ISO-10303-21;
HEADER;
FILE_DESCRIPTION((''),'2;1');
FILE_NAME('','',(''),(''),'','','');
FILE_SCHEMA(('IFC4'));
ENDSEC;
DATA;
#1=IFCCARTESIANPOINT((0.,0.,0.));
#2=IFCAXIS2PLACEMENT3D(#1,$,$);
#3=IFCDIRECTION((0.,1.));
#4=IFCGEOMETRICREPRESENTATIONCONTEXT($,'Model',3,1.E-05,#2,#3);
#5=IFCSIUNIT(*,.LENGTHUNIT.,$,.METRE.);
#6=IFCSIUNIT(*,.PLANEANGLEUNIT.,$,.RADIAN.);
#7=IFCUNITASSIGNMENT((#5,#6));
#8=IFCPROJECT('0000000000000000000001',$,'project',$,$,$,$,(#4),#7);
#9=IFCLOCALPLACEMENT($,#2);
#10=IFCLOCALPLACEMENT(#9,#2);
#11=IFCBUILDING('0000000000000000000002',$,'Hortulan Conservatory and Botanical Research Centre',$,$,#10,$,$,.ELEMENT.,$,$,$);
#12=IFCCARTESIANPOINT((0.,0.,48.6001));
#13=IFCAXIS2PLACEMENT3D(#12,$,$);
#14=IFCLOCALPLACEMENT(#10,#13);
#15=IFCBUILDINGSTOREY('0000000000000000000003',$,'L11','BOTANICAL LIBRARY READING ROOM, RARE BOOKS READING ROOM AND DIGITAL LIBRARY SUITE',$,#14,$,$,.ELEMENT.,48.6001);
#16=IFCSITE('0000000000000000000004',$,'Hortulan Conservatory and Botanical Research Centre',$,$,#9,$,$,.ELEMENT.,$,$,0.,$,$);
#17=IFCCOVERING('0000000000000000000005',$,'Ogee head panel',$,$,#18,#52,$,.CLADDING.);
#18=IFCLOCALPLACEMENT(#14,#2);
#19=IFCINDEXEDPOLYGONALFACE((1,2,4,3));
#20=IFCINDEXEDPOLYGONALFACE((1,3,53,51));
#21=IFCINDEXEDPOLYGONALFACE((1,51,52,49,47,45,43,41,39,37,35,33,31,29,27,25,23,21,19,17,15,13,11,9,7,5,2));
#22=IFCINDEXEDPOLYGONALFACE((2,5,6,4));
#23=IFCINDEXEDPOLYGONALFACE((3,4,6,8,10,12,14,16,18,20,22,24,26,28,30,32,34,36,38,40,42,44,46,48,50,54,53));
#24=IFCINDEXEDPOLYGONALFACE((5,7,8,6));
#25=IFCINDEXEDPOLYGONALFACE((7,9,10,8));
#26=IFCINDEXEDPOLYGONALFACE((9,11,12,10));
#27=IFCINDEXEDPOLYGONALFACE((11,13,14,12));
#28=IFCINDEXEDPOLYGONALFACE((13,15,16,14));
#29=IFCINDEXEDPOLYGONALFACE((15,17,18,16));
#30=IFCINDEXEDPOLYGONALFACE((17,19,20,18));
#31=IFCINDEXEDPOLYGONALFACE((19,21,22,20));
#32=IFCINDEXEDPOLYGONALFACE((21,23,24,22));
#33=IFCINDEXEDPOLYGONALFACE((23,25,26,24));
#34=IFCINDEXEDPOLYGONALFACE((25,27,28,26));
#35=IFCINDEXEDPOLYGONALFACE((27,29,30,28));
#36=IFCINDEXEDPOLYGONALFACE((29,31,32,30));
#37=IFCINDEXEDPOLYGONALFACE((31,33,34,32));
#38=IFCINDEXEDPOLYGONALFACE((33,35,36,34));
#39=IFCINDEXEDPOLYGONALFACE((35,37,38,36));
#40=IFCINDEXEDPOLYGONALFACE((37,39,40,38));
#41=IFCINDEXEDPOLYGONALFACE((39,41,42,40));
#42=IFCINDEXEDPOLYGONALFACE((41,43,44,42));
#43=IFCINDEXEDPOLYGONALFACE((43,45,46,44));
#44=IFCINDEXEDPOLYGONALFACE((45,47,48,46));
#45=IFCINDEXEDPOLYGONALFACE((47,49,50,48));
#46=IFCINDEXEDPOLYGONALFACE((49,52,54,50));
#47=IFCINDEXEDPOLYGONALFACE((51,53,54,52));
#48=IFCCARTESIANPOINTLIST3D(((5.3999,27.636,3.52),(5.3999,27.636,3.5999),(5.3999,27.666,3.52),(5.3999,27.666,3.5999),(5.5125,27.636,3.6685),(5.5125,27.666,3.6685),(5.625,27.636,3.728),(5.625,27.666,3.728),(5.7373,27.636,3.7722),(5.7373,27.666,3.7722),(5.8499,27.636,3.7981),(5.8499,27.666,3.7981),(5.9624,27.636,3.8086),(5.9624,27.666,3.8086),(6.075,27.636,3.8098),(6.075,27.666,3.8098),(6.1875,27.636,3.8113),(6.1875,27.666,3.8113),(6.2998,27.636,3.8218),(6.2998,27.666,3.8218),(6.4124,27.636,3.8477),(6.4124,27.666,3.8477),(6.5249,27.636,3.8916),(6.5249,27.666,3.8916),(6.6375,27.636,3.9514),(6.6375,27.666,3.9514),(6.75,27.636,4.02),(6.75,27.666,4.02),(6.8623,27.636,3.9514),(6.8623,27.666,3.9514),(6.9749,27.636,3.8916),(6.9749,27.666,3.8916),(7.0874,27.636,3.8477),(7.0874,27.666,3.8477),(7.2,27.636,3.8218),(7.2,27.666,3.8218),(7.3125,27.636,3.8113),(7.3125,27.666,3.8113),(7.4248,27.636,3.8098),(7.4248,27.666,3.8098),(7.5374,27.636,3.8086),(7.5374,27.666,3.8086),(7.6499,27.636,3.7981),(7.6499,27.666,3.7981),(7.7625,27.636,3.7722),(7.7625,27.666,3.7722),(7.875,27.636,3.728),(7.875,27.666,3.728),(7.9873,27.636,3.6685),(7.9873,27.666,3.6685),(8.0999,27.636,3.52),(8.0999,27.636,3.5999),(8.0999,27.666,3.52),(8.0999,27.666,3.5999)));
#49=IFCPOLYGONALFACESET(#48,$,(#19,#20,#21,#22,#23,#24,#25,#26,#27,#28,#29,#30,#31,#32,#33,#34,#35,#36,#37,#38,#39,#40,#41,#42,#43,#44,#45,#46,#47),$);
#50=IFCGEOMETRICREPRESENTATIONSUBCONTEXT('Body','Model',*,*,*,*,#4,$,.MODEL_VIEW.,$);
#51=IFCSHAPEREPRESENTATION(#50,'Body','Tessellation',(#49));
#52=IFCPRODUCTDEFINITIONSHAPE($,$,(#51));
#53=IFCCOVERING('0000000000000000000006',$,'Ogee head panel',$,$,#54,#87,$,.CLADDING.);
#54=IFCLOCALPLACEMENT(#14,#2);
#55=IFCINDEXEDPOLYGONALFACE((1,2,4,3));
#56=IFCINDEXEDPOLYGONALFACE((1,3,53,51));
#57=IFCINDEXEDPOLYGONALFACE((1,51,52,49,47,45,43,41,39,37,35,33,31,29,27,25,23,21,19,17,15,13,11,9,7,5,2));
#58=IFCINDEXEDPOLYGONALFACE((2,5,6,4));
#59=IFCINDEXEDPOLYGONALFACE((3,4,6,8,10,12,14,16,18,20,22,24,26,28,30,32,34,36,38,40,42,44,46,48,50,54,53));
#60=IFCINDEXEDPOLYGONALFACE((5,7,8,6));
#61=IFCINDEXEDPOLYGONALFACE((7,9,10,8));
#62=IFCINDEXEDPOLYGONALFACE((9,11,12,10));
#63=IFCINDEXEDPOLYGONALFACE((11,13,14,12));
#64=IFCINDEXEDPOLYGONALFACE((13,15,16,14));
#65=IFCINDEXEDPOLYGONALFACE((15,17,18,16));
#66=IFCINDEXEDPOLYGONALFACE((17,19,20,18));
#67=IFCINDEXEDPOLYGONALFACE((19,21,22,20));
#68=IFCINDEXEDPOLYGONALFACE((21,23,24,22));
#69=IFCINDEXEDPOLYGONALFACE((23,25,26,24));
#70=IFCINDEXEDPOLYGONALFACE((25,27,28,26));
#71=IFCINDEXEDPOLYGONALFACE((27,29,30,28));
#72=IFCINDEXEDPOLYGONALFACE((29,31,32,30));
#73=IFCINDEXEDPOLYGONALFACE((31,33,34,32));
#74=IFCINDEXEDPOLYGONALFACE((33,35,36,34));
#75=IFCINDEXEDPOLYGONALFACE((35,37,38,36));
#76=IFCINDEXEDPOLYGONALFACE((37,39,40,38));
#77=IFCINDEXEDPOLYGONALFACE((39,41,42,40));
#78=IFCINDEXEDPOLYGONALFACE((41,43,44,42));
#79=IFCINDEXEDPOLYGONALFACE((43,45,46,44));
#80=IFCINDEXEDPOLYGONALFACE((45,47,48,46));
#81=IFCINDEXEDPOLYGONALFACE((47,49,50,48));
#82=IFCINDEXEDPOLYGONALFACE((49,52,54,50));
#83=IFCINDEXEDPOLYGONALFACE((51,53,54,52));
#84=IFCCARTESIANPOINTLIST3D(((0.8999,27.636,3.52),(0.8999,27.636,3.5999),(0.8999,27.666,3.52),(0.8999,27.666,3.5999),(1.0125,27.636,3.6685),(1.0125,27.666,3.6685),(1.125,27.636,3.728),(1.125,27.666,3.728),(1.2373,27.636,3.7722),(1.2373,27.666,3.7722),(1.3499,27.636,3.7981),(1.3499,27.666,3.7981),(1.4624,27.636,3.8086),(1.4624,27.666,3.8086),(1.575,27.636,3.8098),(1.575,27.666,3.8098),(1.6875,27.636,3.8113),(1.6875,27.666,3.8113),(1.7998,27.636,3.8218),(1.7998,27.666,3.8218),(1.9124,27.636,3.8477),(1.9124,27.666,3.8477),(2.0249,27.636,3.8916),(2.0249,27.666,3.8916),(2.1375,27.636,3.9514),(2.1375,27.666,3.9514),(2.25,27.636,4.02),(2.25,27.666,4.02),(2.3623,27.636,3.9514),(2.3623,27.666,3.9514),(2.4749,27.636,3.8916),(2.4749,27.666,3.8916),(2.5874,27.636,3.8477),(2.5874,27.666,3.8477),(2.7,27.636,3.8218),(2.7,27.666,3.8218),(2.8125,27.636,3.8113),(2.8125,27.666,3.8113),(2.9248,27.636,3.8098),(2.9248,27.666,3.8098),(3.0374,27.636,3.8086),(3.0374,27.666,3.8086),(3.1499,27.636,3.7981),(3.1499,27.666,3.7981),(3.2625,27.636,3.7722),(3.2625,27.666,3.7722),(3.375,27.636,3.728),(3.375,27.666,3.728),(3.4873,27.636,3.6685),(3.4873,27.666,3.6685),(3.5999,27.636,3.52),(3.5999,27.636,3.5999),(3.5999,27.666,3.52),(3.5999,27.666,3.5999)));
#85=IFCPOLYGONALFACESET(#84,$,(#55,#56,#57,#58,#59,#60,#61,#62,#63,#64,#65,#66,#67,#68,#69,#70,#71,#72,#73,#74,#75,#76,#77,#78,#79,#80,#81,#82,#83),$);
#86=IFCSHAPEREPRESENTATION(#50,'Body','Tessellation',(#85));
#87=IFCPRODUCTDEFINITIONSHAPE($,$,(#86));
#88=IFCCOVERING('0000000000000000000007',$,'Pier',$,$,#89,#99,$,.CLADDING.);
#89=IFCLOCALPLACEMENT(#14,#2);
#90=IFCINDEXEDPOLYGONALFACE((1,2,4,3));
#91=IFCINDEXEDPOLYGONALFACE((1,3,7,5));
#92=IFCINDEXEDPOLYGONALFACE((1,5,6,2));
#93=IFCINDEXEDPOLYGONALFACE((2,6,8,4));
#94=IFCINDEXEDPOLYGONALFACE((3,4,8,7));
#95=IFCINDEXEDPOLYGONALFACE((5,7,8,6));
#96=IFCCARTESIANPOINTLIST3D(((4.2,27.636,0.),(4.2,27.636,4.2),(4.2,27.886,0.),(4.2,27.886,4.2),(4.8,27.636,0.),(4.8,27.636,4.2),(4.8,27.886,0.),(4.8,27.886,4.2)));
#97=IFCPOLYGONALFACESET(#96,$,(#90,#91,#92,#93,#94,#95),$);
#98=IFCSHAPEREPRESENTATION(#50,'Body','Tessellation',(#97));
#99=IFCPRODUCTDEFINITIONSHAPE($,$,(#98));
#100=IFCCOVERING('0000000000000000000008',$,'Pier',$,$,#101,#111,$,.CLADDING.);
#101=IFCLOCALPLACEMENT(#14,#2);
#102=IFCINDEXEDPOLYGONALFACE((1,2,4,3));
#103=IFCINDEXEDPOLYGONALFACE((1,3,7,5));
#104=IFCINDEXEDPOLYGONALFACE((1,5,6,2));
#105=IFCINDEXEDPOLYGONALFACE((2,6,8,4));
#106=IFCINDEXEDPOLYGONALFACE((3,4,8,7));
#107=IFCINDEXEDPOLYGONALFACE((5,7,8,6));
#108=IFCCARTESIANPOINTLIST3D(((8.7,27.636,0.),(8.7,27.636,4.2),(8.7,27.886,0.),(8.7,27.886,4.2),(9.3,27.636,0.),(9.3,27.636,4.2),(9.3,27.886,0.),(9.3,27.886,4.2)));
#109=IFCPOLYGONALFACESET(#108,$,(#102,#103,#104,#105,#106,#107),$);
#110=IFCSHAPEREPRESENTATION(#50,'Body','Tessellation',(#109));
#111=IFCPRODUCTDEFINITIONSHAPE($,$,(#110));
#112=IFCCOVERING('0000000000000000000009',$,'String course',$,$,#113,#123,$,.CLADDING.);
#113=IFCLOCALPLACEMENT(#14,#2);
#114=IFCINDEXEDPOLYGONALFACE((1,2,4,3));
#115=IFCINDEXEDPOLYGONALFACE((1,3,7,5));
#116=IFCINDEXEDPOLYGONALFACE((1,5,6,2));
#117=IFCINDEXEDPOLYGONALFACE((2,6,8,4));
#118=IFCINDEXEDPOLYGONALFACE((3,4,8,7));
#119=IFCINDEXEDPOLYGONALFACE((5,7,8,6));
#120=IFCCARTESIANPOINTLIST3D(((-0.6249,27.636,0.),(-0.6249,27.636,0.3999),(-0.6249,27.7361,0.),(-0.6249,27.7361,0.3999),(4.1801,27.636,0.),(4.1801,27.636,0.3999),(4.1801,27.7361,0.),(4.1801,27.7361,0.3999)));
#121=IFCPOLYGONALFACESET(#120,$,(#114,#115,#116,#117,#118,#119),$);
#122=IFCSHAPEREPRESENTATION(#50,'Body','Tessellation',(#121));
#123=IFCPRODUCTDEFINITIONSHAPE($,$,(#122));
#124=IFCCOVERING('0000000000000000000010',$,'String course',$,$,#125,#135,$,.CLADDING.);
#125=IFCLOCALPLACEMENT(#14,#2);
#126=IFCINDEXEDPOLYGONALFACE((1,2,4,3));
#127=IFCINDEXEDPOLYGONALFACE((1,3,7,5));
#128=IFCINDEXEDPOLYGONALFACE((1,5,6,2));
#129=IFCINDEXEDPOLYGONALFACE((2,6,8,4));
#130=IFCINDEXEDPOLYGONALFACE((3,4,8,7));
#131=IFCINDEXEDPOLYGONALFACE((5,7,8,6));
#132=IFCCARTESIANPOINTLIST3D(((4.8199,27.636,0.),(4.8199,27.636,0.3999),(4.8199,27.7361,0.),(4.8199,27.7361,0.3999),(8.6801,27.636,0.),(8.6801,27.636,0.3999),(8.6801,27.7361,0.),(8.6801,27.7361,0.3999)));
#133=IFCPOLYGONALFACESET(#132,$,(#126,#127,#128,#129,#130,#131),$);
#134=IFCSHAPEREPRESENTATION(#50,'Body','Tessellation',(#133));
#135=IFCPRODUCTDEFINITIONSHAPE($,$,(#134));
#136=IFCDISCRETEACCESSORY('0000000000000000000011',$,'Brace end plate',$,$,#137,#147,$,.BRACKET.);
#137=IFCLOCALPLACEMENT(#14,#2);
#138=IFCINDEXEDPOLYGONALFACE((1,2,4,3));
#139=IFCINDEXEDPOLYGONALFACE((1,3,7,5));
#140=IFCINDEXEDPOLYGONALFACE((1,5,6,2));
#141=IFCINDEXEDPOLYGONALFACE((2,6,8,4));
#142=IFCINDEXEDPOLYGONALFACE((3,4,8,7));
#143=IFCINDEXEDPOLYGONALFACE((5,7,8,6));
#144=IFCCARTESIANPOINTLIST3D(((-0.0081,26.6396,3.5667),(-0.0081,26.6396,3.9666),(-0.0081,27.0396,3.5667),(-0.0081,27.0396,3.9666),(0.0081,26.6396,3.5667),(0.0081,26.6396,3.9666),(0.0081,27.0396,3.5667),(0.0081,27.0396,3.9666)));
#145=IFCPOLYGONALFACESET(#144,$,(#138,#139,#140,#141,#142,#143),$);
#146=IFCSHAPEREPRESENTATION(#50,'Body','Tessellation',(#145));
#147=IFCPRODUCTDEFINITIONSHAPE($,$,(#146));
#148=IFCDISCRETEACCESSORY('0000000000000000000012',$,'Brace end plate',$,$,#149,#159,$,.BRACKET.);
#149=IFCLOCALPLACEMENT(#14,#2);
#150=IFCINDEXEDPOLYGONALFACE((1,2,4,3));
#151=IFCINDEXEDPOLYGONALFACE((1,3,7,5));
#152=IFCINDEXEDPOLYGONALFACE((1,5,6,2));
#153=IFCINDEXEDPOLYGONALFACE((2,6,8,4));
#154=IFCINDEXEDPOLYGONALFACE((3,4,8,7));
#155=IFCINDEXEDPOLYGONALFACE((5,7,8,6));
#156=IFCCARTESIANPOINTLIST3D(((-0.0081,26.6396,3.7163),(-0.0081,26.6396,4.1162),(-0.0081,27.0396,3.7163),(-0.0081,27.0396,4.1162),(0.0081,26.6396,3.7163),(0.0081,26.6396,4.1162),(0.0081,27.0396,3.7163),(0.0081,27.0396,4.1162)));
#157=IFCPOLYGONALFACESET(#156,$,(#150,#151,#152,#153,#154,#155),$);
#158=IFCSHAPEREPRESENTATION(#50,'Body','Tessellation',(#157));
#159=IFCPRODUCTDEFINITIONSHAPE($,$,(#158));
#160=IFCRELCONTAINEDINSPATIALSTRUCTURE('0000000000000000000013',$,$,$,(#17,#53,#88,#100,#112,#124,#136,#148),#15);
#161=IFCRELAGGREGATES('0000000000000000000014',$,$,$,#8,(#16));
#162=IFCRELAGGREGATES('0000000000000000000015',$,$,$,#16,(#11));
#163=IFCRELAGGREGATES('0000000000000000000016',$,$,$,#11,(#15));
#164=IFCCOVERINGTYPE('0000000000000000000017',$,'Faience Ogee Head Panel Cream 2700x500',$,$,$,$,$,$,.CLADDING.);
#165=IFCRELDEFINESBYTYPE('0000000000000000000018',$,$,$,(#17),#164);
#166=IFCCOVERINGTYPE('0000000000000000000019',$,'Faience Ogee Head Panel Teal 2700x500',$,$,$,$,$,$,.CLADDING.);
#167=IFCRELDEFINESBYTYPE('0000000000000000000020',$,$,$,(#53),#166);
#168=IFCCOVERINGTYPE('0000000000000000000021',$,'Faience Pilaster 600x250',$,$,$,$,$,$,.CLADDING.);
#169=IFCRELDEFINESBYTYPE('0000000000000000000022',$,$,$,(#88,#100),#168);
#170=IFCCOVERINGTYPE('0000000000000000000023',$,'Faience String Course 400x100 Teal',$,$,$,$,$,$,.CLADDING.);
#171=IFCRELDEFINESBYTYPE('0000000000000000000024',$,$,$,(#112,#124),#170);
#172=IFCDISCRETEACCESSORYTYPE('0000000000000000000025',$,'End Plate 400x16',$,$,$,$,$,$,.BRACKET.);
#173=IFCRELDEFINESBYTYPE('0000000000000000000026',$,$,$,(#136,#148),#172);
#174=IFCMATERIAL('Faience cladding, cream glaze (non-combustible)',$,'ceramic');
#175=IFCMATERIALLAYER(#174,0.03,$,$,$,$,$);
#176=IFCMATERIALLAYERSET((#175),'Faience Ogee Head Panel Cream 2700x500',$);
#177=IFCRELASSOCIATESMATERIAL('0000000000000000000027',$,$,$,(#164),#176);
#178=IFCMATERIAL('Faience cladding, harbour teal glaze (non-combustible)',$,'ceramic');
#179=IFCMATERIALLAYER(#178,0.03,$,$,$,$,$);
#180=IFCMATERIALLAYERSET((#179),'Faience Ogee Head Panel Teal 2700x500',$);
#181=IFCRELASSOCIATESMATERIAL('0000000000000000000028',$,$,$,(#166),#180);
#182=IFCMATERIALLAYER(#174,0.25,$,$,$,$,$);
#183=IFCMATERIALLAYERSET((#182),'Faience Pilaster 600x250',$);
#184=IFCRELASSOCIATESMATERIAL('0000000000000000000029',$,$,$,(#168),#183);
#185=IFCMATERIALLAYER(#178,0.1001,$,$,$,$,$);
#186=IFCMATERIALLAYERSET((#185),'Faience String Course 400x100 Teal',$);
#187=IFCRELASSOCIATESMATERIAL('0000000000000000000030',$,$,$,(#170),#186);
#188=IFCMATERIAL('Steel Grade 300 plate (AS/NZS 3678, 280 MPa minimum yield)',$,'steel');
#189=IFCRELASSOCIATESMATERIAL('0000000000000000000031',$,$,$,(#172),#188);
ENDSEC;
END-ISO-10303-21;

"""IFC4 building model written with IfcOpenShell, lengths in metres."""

from ifc_helpers import new_model, si_unit, direction, frame, origin, origin_2d, place, context, subcontext, project, spatial, polyline, rectangle, outline, extrude, material, layer, layer_set, type_object, element, save


model = new_model("IFC4")

# Units and contexts
model_context = context("Model", 3, precision=1e-05, world=origin(), true_north=direction((0.0, 1.0)))
body_context = subcontext(model_context, "Body", "Model", "MODEL_VIEW")
ifc_project = project(units=[si_unit("LENGTHUNIT", "METRE"), si_unit("PLANEANGLEUNIT", "RADIAN")], contexts=[model_context])

# Site, building, storey
site_placement = place(None, origin())
site = spatial("IfcSite", under=ifc_project, at=site_placement, Name="Hortulan Conservatory and Botanical Research Centre", CompositionType="ELEMENT", RefElevation=0.0)
building_placement = place(site_placement, origin())
building = spatial("IfcBuilding", under=site, at=building_placement, Name="Hortulan Conservatory and Botanical Research Centre", CompositionType="ELEMENT")
storey_placement = place(building_placement, frame((0.0, 0.0, 48.6001)))
storey = spatial("IfcBuildingStorey", under=building, at=storey_placement, Name="L11", Description="BOTANICAL LIBRARY READING ROOM, RARE BOOKS READING ROOM AND DIGITAL LIBRARY SUITE", CompositionType="ELEMENT", Elevation=48.6001)

# Coverings
ifc_material_1 = material(Name="Faience cladding, cream glaze (non-combustible)", Category="ceramic")
ifc_layer_1 = layer(ifc_material_1, 0.03)
ifc_layer_set_1 = layer_set([ifc_layer_1], Name="Faience Ogee Head Panel Cream 2700x500")
covering_type_1 = type_object("IfcCoveringType", Name="Faience Ogee Head Panel Cream 2700x500", PredefinedType="CLADDING", material=ifc_layer_set_1)
covering_1_placement = place(storey_placement, frame((5.3999, 27.6509, 3.52), z_axis=(0.0, 0.0, 1.0), x_axis=(1.0, 0.0, 0.0)))
element("IfcCovering", 1, at=covering_1_placement, inside=storey, type_object=covering_type_1, Name="Ogee head panel", PredefinedType="CLADDING", context=body_context, shape_type="SweptSolid", body=[
    extrude(outline(polyline([(0.0, 0.0), (2.7, 0.0), (2.7, 0.0798), (2.5874, 0.1484), (2.4751, 0.208), (2.3625, 0.2522), (2.25, 0.2781), (2.1375, 0.2886), (2.0249, 0.2898), (1.9126, 0.2913), (1.8, 0.3018), (1.6875, 0.3276), (1.575, 0.3716), (1.4624, 0.4314), (1.3501, 0.5), (1.2375, 0.4314), (1.125, 0.3716), (1.0125, 0.3276), (0.8999, 0.3018), (0.7876, 0.2913), (0.675, 0.2898), (0.5625, 0.2886), (0.45, 0.2781), (0.3374, 0.2522), (0.2251, 0.208), (0.1125, 0.1484), (0.0, 0.0798), (0.0, 0.0)])), frame((0.0, 0.0151, 0.0), z_axis=(0.0, -1.0, 0.0), x_axis=(1.0, 0.0, 0.0)), (0.0, 0.0, 1.0), 0.03),
])
ifc_material_2 = material(Name="Faience cladding, harbour teal glaze (non-combustible)", Category="ceramic")
ifc_layer_2 = layer(ifc_material_2, 0.03)
ifc_layer_set_2 = layer_set([ifc_layer_2], Name="Faience Ogee Head Panel Teal 2700x500")
covering_type_2 = type_object("IfcCoveringType", Name="Faience Ogee Head Panel Teal 2700x500", PredefinedType="CLADDING", material=ifc_layer_set_2)
covering_2_placement = place(storey_placement, frame((0.8999, 27.6509, 3.52), z_axis=(0.0, 0.0, 1.0), x_axis=(1.0, 0.0, 0.0)))
element("IfcCovering", 2, at=covering_2_placement, inside=storey, type_object=covering_type_2, Name="Ogee head panel", PredefinedType="CLADDING", context=body_context, shape_type="SweptSolid", body=[
    extrude(outline(polyline([(0.0, 0.0), (2.7, 0.0), (2.7, 0.0798), (2.5874, 0.1484), (2.4751, 0.208), (2.3625, 0.2522), (2.25, 0.2781), (2.1375, 0.2886), (2.0249, 0.2898), (1.9126, 0.2913), (1.8, 0.3018), (1.6875, 0.3276), (1.575, 0.3716), (1.4624, 0.4314), (1.3501, 0.5), (1.2375, 0.4314), (1.125, 0.3716), (1.0125, 0.3276), (0.8999, 0.3018), (0.7876, 0.2913), (0.675, 0.2898), (0.5625, 0.2886), (0.45, 0.2781), (0.3374, 0.2522), (0.2251, 0.208), (0.1125, 0.1484), (0.0, 0.0798), (0.0, 0.0)])), frame((0.0, 0.0151, 0.0), z_axis=(0.0, -1.0, 0.0), x_axis=(1.0, 0.0, 0.0)), (0.0, 0.0, 1.0), 0.03),
])
ifc_layer_3 = layer(ifc_material_1, 0.25)
ifc_layer_set_3 = layer_set([ifc_layer_3], Name="Faience Pilaster 600x250")
covering_type_3 = type_object("IfcCoveringType", Name="Faience Pilaster 600x250", PredefinedType="CLADDING", material=ifc_layer_set_3)
for number, where, z_axis, x_axis, name in (
    (3, (4.5, 27.761, 0.0), (0.0, 0.0, 1.0), (1.0, 0.0, 0.0), "Pier"),
    (4, (9.0, 27.761, 0.0), (0.0, 0.0, 1.0), (1.0, 0.0, 0.0), "Pier"),
):
    element("IfcCovering", number, at=place(storey_placement, frame(where, z_axis=z_axis, x_axis=x_axis)), inside=storey, type_object=covering_type_3, Name=name, PredefinedType="CLADDING", context=body_context, shape_type="SweptSolid", body=[
        extrude(rectangle(XDim=0.6001, YDim=0.25, at=origin_2d()), origin(), (0.0, 0.0, 1.0), 4.2),
    ])
ifc_layer_4 = layer(ifc_material_2, 0.1001)
ifc_layer_set_4 = layer_set([ifc_layer_4], Name="Faience String Course 400x100 Teal")
covering_type_4 = type_object("IfcCoveringType", Name="Faience String Course 400x100 Teal", PredefinedType="CLADDING", material=ifc_layer_set_4)
covering_3_placement = place(storey_placement, frame((1.7776, 27.686, 0.0), z_axis=(0.0, 0.0, 1.0), x_axis=(1.0, 0.0, 0.0)))
element("IfcCovering", 5, at=covering_3_placement, inside=storey, type_object=covering_type_4, Name="String course", PredefinedType="CLADDING", context=body_context, shape_type="SweptSolid", body=[
    extrude(rectangle(XDim=4.8049, YDim=0.1001, at=origin_2d()), origin(), (0.0, 0.0, 1.0), 0.3999),
])
covering_4_placement = place(storey_placement, frame((6.75, 27.686, 0.0), z_axis=(0.0, 0.0, 1.0), x_axis=(1.0, 0.0, 0.0)))
element("IfcCovering", 6, at=covering_4_placement, inside=storey, type_object=covering_type_4, Name="String course", PredefinedType="CLADDING", context=body_context, shape_type="SweptSolid", body=[
    extrude(rectangle(XDim=3.8601, YDim=0.1001, at=origin_2d()), origin(), (0.0, 0.0, 1.0), 0.3999),
])

# Discrete accessories
ifc_material_3 = material(Name="Steel Grade 300 plate (AS/NZS 3678, 280 MPa minimum yield)", Category="steel")
discrete_accessory_type = type_object("IfcDiscreteAccessoryType", Name="End Plate 400x16", PredefinedType="BRACKET", material=ifc_material_3)
for number, where, z_axis, x_axis, name in (
    (7, (0.0, 26.8396, 3.5667), (0.0, 0.0, 1.0), (0.0, -1.0, 0.0), "Brace end plate"),
    (8, (0.0, 26.8396, 3.7163), (0.0, 0.0, 1.0), (0.0, -1.0, 0.0), "Brace end plate"),
):
    element("IfcDiscreteAccessory", number, at=place(storey_placement, frame(where, z_axis=z_axis, x_axis=x_axis)), inside=storey, type_object=discrete_accessory_type, Name=name, PredefinedType="BRACKET", context=body_context, shape_type="SweptSolid", body=[
        extrude(rectangle(XDim=0.3999, YDim=0.0161, at=origin_2d()), origin(), (0.0, 0.0, 1.0), 0.3999),
    ])

save(model, "model.ifc")
